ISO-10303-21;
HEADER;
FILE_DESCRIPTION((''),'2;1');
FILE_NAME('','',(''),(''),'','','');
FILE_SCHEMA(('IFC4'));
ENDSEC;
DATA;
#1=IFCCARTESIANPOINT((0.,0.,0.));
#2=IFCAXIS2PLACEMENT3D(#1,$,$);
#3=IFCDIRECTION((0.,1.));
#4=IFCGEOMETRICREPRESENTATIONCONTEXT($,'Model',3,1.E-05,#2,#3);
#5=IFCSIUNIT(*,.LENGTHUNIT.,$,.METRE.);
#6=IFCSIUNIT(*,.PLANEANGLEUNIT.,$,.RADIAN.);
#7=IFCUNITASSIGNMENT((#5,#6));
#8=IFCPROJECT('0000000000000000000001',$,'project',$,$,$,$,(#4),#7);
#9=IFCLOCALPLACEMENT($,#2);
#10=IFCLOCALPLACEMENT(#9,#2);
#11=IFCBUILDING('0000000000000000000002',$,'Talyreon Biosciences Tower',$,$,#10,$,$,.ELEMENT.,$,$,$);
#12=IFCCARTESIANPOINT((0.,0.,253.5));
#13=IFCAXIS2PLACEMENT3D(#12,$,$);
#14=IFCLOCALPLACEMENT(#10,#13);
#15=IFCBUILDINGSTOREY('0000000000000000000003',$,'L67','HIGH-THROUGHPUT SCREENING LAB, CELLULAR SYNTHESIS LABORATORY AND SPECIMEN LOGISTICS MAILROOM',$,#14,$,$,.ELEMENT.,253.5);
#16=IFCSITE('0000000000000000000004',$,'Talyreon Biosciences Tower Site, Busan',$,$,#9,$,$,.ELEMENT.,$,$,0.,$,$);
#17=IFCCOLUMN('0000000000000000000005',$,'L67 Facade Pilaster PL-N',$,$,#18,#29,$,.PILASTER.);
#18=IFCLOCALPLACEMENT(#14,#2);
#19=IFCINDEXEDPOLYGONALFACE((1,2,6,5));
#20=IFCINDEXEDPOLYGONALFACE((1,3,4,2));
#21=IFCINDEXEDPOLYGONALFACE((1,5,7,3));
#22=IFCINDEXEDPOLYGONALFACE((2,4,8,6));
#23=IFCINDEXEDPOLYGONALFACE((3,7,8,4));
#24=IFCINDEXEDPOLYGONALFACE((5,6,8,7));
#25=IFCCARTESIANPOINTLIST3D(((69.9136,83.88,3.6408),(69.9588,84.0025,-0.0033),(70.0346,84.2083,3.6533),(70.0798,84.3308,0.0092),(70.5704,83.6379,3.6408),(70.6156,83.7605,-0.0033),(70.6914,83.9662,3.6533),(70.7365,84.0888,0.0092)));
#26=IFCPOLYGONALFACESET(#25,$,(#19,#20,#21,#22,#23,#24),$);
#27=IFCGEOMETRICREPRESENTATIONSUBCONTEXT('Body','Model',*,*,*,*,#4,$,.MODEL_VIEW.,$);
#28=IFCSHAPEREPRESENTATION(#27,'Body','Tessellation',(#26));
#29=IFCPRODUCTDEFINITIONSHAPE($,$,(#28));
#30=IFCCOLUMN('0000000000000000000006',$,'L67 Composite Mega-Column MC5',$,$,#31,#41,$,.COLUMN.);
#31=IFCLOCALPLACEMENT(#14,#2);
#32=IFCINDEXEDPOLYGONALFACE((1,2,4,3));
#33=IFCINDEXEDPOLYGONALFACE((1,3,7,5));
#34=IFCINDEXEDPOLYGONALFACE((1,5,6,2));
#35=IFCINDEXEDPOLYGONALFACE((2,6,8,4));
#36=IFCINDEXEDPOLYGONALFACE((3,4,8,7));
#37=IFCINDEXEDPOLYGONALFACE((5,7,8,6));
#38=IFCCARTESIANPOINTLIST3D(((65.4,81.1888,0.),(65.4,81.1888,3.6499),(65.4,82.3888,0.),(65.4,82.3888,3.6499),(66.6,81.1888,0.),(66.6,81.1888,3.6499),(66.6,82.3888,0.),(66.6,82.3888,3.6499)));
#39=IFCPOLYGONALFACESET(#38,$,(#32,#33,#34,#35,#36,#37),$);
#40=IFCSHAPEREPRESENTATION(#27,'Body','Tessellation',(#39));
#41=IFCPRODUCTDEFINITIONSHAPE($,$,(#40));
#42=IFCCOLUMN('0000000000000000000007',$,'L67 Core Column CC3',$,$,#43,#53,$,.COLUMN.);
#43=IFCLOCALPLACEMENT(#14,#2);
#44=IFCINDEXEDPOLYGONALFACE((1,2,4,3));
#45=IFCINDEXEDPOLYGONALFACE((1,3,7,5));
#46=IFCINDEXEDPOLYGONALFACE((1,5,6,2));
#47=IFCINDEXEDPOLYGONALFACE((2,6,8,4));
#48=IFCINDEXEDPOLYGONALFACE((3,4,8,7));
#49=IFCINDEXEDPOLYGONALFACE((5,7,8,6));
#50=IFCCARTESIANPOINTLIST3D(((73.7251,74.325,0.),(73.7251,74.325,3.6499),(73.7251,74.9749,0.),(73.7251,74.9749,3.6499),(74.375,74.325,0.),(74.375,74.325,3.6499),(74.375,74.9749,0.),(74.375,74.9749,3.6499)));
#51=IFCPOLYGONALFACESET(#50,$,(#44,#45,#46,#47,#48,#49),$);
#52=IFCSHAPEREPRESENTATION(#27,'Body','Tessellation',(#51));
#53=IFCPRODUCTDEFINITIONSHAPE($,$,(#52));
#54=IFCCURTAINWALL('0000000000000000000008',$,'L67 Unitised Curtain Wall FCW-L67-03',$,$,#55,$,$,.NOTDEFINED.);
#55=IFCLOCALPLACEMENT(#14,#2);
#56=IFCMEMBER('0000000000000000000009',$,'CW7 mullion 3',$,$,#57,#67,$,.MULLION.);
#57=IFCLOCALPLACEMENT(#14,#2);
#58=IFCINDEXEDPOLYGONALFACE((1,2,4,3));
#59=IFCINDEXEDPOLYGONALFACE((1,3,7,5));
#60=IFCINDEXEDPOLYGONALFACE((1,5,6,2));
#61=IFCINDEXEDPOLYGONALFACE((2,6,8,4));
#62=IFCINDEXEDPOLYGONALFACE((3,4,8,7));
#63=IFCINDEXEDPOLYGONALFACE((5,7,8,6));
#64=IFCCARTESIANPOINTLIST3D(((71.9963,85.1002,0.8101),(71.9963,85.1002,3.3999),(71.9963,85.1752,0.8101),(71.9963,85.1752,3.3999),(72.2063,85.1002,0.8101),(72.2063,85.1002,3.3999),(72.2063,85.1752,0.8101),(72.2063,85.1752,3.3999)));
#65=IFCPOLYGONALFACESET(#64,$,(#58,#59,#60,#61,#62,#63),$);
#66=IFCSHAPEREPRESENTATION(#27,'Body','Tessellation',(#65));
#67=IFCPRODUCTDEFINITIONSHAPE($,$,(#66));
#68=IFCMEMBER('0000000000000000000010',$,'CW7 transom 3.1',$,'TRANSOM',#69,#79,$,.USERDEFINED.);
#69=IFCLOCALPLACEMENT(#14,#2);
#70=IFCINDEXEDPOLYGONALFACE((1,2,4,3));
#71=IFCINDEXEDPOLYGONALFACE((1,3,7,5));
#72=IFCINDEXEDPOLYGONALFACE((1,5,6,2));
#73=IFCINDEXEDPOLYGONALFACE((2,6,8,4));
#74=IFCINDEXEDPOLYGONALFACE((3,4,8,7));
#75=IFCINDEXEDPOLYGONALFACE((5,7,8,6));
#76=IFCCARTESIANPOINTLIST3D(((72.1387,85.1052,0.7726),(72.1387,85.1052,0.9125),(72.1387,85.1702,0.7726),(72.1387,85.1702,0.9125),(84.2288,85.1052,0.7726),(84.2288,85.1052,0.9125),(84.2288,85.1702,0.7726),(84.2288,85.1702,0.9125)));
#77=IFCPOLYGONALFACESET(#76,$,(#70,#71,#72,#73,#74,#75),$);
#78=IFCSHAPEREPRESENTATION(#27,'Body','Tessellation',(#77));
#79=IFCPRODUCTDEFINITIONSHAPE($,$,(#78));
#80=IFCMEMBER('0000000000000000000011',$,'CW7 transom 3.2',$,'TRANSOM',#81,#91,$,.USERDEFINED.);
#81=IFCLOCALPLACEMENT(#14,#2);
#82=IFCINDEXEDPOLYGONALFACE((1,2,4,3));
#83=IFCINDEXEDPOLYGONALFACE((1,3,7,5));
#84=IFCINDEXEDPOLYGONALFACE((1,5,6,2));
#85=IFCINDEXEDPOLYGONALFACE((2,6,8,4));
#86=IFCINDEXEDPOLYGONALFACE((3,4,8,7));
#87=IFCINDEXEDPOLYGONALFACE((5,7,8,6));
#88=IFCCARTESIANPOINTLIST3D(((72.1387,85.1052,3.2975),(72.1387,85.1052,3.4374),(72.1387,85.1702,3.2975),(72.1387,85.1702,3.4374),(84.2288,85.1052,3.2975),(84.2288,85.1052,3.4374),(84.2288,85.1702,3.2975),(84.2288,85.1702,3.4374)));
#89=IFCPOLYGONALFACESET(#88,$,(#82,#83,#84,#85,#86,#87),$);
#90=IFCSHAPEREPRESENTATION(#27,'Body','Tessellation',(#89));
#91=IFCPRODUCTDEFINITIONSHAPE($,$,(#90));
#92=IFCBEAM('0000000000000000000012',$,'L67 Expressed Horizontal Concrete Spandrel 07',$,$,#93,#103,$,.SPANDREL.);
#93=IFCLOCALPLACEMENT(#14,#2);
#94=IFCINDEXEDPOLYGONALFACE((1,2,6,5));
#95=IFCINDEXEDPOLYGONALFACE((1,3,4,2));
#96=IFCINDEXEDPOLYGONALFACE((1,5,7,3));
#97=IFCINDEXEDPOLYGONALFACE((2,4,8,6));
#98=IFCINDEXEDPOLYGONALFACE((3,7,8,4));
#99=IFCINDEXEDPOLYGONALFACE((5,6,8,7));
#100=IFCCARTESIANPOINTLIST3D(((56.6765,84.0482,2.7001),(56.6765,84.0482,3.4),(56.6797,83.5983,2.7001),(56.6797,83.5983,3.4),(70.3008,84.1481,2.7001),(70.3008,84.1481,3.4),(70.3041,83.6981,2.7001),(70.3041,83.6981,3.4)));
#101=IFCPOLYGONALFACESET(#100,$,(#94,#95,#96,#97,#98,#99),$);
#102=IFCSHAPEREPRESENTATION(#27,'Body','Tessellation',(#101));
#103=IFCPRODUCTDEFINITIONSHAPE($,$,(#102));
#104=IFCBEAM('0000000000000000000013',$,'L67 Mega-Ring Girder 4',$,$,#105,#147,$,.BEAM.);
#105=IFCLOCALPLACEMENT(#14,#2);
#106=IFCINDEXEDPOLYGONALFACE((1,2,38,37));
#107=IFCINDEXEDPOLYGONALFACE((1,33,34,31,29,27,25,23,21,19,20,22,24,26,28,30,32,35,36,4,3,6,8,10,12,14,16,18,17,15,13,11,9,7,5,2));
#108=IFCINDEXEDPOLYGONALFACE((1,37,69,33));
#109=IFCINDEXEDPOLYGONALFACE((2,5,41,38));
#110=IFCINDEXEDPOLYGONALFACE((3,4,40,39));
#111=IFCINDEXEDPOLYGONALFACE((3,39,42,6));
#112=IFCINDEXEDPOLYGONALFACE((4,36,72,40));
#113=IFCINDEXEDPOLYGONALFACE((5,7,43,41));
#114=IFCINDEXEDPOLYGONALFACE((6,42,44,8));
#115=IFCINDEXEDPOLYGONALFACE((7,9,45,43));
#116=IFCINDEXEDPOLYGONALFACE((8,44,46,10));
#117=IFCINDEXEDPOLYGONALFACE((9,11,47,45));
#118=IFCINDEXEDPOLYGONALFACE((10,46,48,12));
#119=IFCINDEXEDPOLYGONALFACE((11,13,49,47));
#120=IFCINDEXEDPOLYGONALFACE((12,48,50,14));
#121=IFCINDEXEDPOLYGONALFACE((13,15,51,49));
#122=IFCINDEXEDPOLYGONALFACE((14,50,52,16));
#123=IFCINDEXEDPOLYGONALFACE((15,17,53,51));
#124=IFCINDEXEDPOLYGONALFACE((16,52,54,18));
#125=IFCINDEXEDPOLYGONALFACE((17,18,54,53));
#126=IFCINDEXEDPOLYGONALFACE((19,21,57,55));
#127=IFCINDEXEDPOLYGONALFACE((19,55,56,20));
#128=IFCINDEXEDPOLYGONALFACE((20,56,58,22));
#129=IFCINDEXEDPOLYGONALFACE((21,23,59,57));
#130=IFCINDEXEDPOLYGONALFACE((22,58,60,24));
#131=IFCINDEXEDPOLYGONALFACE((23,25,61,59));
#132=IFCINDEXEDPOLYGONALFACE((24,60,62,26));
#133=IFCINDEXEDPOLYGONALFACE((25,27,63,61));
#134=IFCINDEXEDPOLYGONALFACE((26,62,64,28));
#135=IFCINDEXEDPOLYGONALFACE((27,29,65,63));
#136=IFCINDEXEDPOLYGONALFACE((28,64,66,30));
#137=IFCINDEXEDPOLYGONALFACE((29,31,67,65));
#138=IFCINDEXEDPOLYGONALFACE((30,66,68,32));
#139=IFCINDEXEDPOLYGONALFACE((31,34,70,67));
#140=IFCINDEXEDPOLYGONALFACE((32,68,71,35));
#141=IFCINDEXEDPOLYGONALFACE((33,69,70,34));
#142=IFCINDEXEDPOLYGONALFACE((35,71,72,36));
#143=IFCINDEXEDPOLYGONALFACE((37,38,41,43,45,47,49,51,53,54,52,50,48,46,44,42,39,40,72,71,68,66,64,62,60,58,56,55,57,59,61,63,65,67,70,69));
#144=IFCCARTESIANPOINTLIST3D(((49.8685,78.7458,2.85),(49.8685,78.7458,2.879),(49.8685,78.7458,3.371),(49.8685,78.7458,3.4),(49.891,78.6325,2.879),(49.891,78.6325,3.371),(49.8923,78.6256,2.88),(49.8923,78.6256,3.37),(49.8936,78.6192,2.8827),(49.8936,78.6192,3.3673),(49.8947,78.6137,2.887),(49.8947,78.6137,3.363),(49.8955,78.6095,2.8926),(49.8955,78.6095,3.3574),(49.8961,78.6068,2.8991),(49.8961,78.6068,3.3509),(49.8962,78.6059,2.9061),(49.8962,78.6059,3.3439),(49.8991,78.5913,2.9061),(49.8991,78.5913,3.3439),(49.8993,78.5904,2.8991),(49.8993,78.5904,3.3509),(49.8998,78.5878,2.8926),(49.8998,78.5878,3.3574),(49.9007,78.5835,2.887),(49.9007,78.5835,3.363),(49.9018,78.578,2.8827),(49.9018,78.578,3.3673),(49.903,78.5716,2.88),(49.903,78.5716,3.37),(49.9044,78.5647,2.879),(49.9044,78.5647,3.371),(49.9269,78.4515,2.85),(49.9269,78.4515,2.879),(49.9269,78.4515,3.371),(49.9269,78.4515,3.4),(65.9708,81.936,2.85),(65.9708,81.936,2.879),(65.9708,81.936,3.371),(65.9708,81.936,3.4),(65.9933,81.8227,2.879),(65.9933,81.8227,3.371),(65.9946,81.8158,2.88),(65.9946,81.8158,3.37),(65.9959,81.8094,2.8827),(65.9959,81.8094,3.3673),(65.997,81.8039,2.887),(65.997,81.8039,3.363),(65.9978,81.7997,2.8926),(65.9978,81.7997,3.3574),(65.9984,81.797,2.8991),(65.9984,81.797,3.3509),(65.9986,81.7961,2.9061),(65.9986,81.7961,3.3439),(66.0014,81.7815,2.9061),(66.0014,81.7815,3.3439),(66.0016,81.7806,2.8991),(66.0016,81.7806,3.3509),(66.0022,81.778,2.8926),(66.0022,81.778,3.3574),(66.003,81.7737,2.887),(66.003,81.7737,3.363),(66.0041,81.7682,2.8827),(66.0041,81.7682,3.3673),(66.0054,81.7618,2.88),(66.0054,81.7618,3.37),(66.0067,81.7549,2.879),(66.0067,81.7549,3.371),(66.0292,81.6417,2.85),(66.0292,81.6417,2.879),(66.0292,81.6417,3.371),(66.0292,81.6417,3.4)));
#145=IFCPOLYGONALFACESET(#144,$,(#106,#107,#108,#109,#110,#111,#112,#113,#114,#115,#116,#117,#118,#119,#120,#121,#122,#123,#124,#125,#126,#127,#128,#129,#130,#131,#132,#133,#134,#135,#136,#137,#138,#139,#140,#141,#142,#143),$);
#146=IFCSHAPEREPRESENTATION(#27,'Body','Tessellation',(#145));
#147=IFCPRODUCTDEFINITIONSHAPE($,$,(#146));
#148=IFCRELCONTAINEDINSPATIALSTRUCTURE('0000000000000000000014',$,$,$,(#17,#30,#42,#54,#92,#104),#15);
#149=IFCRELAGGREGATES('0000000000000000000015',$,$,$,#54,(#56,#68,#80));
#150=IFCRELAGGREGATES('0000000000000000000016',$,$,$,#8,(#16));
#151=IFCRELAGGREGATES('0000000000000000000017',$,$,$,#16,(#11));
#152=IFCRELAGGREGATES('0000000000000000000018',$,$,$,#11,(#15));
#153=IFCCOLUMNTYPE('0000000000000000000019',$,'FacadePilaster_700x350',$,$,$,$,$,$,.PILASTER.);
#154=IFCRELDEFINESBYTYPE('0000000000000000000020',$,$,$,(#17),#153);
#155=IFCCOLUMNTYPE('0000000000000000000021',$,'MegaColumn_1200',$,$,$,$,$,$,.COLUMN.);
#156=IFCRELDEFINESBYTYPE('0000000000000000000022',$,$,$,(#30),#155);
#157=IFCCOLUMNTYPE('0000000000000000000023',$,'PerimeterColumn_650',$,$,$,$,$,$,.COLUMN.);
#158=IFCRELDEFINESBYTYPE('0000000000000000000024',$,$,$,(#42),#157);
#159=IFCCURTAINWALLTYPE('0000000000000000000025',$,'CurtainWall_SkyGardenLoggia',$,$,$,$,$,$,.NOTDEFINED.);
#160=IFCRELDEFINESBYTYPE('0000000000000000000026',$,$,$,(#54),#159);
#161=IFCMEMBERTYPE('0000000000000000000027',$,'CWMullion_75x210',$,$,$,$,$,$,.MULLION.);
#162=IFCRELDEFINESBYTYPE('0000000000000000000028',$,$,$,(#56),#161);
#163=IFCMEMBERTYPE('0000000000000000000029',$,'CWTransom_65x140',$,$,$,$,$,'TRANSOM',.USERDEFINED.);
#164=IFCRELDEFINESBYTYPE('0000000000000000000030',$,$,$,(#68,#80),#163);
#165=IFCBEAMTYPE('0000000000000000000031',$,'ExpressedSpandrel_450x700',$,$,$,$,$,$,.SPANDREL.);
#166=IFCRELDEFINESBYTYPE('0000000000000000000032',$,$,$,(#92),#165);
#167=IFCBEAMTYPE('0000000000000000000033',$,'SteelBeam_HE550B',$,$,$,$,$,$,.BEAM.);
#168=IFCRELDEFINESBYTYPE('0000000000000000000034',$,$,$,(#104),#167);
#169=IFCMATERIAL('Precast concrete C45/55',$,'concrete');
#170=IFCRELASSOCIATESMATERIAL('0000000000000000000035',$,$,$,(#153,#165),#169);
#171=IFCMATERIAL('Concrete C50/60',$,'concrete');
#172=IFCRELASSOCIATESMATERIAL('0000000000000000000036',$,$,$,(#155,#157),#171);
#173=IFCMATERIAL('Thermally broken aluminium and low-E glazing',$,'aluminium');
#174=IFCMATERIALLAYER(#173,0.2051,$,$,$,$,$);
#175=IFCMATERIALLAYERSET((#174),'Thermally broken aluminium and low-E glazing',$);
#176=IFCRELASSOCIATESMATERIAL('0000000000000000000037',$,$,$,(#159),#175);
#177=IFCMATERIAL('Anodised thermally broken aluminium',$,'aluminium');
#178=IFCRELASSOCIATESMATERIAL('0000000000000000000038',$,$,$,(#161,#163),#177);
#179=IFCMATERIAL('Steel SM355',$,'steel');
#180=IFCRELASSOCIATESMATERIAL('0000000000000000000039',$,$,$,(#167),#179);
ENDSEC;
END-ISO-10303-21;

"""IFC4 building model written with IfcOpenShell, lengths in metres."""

from ifc_helpers import new_model, si_unit, direction, frame, origin, origin_2d, place, context, subcontext, project, spatial, rectangle, i_section, extrude, material, layer, layer_set, material_profile, profile_set, type_object, element, aggregate, save


model = new_model("IFC4")

# Units and contexts
model_context = context("Model", 3, precision=1e-05, world=origin(), true_north=direction((0.0, 1.0)))
body_context = subcontext(model_context, "Body", "Model", "MODEL_VIEW")
ifc_project = project(units=[si_unit("LENGTHUNIT", "METRE"), si_unit("PLANEANGLEUNIT", "RADIAN")], contexts=[model_context])

# Site, building, storey
site_placement = place(None, origin())
site = spatial("IfcSite", under=ifc_project, at=site_placement, Name="Talyreon Biosciences Tower Site, Busan", CompositionType="ELEMENT", RefElevation=0.0)
building_placement = place(site_placement, origin())
building = spatial("IfcBuilding", under=site, at=building_placement, Name="Talyreon Biosciences Tower", CompositionType="ELEMENT")
storey_placement = place(building_placement, frame((0.0, 0.0, 253.5)))
storey = spatial("IfcBuildingStorey", under=building, at=storey_placement, Name="L67", Description="HIGH-THROUGHPUT SCREENING LAB, CELLULAR SYNTHESIS LABORATORY AND SPECIMEN LOGISTICS MAILROOM", CompositionType="ELEMENT", Elevation=253.5)

# Columns
ifc_material_1 = material(Name="Precast concrete C45/55", Category="concrete")
ifc_material_profile_1 = material_profile(ifc_material_1, rectangle(XDim=0.7, YDim=0.3501, at=origin_2d()), Name="RC 700x350")
ifc_profile_set_1 = profile_set([ifc_material_profile_1], Name="Precast concrete C45/55")
column_type_1 = type_object("IfcColumnType", Name="FacadePilaster_700x350", PredefinedType="PILASTER", material=ifc_profile_set_1)
column_1_placement = place(storey_placement, frame((70.3477, 84.0457, 0.0029), z_axis=(-0.012387, -0.033611, 0.999358), x_axis=(-0.938311, 0.345792, 0.0)))
element("IfcColumn", 1, at=column_1_placement, inside=storey, type_object=column_type_1, Name="L67 Facade Pilaster PL-N", PredefinedType="PILASTER", context=body_context, shape_type="SweptSolid", body=[
    extrude(rectangle(XDim=0.7, YDim=0.3501, at=origin_2d()), origin(), (0.0, 0.0, 1.0), 3.6465),
])
ifc_material_2 = material(Name="Concrete C50/60", Category="concrete")
ifc_material_profile_2 = material_profile(ifc_material_2, rectangle(XDim=1.2, YDim=1.2, at=origin_2d()), Name="RC 1200x1200")
ifc_profile_set_2 = profile_set([ifc_material_profile_2], Name="Concrete C50/60")
column_type_2 = type_object("IfcColumnType", Name="MegaColumn_1200", PredefinedType="COLUMN", material=ifc_profile_set_2)
column_2_placement = place(storey_placement, frame((66.0, 81.7888, 0.0), z_axis=(0.0, 0.0, 1.0), x_axis=(1.0, 0.0, 0.0)))
element("IfcColumn", 2, at=column_2_placement, inside=storey, type_object=column_type_2, Name="L67 Composite Mega-Column MC5", PredefinedType="COLUMN", context=body_context, shape_type="SweptSolid", body=[
    extrude(rectangle(XDim=1.2, YDim=1.2, at=origin_2d()), origin(), (0.0, 0.0, 1.0), 3.6499),
])
ifc_material_profile_3 = material_profile(ifc_material_2, rectangle(XDim=0.6499, YDim=0.6499, at=origin_2d()), Name="RC 650x650")
ifc_profile_set_3 = profile_set([ifc_material_profile_3], Name="Concrete C50/60")
column_type_3 = type_object("IfcColumnType", Name="PerimeterColumn_650", PredefinedType="COLUMN", material=ifc_profile_set_3)
column_3_placement = place(storey_placement, frame((74.05, 74.6499, 0.0), z_axis=(0.0, 0.0, 1.0), x_axis=(1.0, 0.0, 0.0)))
element("IfcColumn", 3, at=column_3_placement, inside=storey, type_object=column_type_3, Name="L67 Core Column CC3", PredefinedType="COLUMN", context=body_context, shape_type="SweptSolid", body=[
    extrude(rectangle(XDim=0.6499, YDim=0.6499, at=origin_2d()), origin(), (0.0, 0.0, 1.0), 3.6499),
])

# Curtain wall, members
ifc_material_3 = material(Name="Thermally broken aluminium and low-E glazing", Category="aluminium")
ifc_layer_1 = layer(ifc_material_3, 0.2051)
ifc_layer_set_1 = layer_set([ifc_layer_1], Name="Thermally broken aluminium and low-E glazing")
curtain_wall_type = type_object("IfcCurtainWallType", Name="CurtainWall_SkyGardenLoggia", PredefinedType="NOTDEFINED", material=ifc_layer_set_1)
curtain_wall_placement = place(storey_placement, origin())
curtain_wall = element("IfcCurtainWall", 4, at=curtain_wall_placement, inside=storey, type_object=curtain_wall_type, Name="L67 Unitised Curtain Wall FCW-L67-03", PredefinedType="NOTDEFINED")
ifc_material_4 = material(Name="Anodised thermally broken aluminium", Category="aluminium")
ifc_material_profile_4 = material_profile(ifc_material_4, rectangle(XDim=0.075, YDim=0.21, at=origin_2d()), Name="ALUM MULLION 75x210")
ifc_profile_set_4 = profile_set([ifc_material_profile_4], Name="Anodised thermally broken aluminium")
member_type_1 = type_object("IfcMemberType", Name="CWMullion_75x210", PredefinedType="MULLION", material=ifc_profile_set_4)
member_1_placement = place(storey_placement, frame((72.1013, 85.1377, 0.8101), z_axis=(0.0, 0.0, 1.0), x_axis=(0.0, 1.0, 0.0)))
member_1 = element("IfcMember", 5, at=member_1_placement, type_object=member_type_1, Name="CW7 mullion 3", PredefinedType="MULLION", context=body_context, shape_type="SweptSolid", body=[
    extrude(rectangle(XDim=0.075, YDim=0.21, at=origin_2d()), origin(), (0.0, 0.0, 1.0), 2.5898),
])
ifc_material_profile_5 = material_profile(ifc_material_4, rectangle(XDim=0.0649, YDim=0.1399, at=origin_2d()), Name="ALUM TRANSOM 65x140")
ifc_profile_set_5 = profile_set([ifc_material_profile_5], Name="Anodised thermally broken aluminium")
member_type_2 = type_object("IfcMemberType", Name="CWTransom_65x140", ElementType="TRANSOM", PredefinedType="USERDEFINED", material=ifc_profile_set_5)
member_2_placement = place(storey_placement, frame((72.1387, 85.1377, 0.8425), z_axis=(1.0, 0.0, 0.0), x_axis=(0.0, 1.0, 0.0)))
member_2 = element("IfcMember", 6, at=member_2_placement, type_object=member_type_2, Name="CW7 transom 3.1", ObjectType="TRANSOM", PredefinedType="USERDEFINED", context=body_context, shape_type="SweptSolid", body=[
    extrude(rectangle(XDim=0.0649, YDim=0.1399, at=origin_2d()), origin(), (0.0, 0.0, 1.0), 12.0901),
])
member_3_placement = place(storey_placement, frame((72.1387, 85.1377, 3.3674), z_axis=(1.0, 0.0, 0.0), x_axis=(0.0, 1.0, 0.0)))
member_3 = element("IfcMember", 7, at=member_3_placement, type_object=member_type_2, Name="CW7 transom 3.2", ObjectType="TRANSOM", PredefinedType="USERDEFINED", context=body_context, shape_type="SweptSolid", body=[
    extrude(rectangle(XDim=0.0649, YDim=0.1399, at=origin_2d()), origin(), (0.0, 0.0, 1.0), 12.0901),
])

# Beams
ifc_material_profile_6 = material_profile(ifc_material_1, rectangle(XDim=0.45, YDim=0.7, at=origin_2d()), Name="RCB 450x700")
ifc_profile_set_6 = profile_set([ifc_material_profile_6], Name="Precast concrete C45/55")
beam_type_1 = type_object("IfcBeamType", Name="ExpressedSpandrel_450x700", PredefinedType="SPANDREL", material=ifc_profile_set_6)
beam_1_placement = place(storey_placement, frame((70.3025, 83.9231, 3.05), z_axis=(-0.999973, -0.007329, 0.0), x_axis=(0.007329, -0.999973, 0.0)))
element("IfcBeam", 8, at=beam_1_placement, inside=storey, type_object=beam_type_1, Name="L67 Expressed Horizontal Concrete Spandrel 07", PredefinedType="SPANDREL", context=body_context, shape_type="SweptSolid", body=[
    extrude(rectangle(XDim=0.45, YDim=0.7, at=origin_2d()), origin(), (0.0, 0.0, 1.0), 13.6248),
])
ifc_material_5 = material(Name="Steel SM355", Category="steel")
ifc_material_profile_7 = material_profile(ifc_material_5, i_section(OverallWidth=0.3, OverallDepth=0.55, WebThickness=0.0149, FlangeThickness=0.0291, FilletRadius=0.0271, at=origin_2d()), Name="HE550B")
ifc_profile_set_7 = profile_set([ifc_material_profile_7], Name="Steel SM355")
beam_type_2 = type_object("IfcBeamType", Name="SteelBeam_HE550B", PredefinedType="BEAM", material=ifc_profile_set_7)
beam_2_placement = place(storey_placement, frame((66.0, 81.7888, 3.125), z_axis=(-0.980934, -0.194343, 0.0), x_axis=(0.194343, -0.980934, 0.0)))
element("IfcBeam", 9, at=beam_2_placement, inside=storey, type_object=beam_type_2, Name="L67 Mega-Ring Girder 4", PredefinedType="BEAM", context=body_context, shape_type="SweptSolid", body=[
    extrude(i_section(OverallWidth=0.3, OverallDepth=0.55, WebThickness=0.0149, FlangeThickness=0.0291, FilletRadius=0.0271, at=origin_2d()), origin(), (0.0, 0.0, 1.0), 16.4153),
])

aggregate(curtain_wall, [member_1, member_2, member_3])

save(model, "model.ifc")
